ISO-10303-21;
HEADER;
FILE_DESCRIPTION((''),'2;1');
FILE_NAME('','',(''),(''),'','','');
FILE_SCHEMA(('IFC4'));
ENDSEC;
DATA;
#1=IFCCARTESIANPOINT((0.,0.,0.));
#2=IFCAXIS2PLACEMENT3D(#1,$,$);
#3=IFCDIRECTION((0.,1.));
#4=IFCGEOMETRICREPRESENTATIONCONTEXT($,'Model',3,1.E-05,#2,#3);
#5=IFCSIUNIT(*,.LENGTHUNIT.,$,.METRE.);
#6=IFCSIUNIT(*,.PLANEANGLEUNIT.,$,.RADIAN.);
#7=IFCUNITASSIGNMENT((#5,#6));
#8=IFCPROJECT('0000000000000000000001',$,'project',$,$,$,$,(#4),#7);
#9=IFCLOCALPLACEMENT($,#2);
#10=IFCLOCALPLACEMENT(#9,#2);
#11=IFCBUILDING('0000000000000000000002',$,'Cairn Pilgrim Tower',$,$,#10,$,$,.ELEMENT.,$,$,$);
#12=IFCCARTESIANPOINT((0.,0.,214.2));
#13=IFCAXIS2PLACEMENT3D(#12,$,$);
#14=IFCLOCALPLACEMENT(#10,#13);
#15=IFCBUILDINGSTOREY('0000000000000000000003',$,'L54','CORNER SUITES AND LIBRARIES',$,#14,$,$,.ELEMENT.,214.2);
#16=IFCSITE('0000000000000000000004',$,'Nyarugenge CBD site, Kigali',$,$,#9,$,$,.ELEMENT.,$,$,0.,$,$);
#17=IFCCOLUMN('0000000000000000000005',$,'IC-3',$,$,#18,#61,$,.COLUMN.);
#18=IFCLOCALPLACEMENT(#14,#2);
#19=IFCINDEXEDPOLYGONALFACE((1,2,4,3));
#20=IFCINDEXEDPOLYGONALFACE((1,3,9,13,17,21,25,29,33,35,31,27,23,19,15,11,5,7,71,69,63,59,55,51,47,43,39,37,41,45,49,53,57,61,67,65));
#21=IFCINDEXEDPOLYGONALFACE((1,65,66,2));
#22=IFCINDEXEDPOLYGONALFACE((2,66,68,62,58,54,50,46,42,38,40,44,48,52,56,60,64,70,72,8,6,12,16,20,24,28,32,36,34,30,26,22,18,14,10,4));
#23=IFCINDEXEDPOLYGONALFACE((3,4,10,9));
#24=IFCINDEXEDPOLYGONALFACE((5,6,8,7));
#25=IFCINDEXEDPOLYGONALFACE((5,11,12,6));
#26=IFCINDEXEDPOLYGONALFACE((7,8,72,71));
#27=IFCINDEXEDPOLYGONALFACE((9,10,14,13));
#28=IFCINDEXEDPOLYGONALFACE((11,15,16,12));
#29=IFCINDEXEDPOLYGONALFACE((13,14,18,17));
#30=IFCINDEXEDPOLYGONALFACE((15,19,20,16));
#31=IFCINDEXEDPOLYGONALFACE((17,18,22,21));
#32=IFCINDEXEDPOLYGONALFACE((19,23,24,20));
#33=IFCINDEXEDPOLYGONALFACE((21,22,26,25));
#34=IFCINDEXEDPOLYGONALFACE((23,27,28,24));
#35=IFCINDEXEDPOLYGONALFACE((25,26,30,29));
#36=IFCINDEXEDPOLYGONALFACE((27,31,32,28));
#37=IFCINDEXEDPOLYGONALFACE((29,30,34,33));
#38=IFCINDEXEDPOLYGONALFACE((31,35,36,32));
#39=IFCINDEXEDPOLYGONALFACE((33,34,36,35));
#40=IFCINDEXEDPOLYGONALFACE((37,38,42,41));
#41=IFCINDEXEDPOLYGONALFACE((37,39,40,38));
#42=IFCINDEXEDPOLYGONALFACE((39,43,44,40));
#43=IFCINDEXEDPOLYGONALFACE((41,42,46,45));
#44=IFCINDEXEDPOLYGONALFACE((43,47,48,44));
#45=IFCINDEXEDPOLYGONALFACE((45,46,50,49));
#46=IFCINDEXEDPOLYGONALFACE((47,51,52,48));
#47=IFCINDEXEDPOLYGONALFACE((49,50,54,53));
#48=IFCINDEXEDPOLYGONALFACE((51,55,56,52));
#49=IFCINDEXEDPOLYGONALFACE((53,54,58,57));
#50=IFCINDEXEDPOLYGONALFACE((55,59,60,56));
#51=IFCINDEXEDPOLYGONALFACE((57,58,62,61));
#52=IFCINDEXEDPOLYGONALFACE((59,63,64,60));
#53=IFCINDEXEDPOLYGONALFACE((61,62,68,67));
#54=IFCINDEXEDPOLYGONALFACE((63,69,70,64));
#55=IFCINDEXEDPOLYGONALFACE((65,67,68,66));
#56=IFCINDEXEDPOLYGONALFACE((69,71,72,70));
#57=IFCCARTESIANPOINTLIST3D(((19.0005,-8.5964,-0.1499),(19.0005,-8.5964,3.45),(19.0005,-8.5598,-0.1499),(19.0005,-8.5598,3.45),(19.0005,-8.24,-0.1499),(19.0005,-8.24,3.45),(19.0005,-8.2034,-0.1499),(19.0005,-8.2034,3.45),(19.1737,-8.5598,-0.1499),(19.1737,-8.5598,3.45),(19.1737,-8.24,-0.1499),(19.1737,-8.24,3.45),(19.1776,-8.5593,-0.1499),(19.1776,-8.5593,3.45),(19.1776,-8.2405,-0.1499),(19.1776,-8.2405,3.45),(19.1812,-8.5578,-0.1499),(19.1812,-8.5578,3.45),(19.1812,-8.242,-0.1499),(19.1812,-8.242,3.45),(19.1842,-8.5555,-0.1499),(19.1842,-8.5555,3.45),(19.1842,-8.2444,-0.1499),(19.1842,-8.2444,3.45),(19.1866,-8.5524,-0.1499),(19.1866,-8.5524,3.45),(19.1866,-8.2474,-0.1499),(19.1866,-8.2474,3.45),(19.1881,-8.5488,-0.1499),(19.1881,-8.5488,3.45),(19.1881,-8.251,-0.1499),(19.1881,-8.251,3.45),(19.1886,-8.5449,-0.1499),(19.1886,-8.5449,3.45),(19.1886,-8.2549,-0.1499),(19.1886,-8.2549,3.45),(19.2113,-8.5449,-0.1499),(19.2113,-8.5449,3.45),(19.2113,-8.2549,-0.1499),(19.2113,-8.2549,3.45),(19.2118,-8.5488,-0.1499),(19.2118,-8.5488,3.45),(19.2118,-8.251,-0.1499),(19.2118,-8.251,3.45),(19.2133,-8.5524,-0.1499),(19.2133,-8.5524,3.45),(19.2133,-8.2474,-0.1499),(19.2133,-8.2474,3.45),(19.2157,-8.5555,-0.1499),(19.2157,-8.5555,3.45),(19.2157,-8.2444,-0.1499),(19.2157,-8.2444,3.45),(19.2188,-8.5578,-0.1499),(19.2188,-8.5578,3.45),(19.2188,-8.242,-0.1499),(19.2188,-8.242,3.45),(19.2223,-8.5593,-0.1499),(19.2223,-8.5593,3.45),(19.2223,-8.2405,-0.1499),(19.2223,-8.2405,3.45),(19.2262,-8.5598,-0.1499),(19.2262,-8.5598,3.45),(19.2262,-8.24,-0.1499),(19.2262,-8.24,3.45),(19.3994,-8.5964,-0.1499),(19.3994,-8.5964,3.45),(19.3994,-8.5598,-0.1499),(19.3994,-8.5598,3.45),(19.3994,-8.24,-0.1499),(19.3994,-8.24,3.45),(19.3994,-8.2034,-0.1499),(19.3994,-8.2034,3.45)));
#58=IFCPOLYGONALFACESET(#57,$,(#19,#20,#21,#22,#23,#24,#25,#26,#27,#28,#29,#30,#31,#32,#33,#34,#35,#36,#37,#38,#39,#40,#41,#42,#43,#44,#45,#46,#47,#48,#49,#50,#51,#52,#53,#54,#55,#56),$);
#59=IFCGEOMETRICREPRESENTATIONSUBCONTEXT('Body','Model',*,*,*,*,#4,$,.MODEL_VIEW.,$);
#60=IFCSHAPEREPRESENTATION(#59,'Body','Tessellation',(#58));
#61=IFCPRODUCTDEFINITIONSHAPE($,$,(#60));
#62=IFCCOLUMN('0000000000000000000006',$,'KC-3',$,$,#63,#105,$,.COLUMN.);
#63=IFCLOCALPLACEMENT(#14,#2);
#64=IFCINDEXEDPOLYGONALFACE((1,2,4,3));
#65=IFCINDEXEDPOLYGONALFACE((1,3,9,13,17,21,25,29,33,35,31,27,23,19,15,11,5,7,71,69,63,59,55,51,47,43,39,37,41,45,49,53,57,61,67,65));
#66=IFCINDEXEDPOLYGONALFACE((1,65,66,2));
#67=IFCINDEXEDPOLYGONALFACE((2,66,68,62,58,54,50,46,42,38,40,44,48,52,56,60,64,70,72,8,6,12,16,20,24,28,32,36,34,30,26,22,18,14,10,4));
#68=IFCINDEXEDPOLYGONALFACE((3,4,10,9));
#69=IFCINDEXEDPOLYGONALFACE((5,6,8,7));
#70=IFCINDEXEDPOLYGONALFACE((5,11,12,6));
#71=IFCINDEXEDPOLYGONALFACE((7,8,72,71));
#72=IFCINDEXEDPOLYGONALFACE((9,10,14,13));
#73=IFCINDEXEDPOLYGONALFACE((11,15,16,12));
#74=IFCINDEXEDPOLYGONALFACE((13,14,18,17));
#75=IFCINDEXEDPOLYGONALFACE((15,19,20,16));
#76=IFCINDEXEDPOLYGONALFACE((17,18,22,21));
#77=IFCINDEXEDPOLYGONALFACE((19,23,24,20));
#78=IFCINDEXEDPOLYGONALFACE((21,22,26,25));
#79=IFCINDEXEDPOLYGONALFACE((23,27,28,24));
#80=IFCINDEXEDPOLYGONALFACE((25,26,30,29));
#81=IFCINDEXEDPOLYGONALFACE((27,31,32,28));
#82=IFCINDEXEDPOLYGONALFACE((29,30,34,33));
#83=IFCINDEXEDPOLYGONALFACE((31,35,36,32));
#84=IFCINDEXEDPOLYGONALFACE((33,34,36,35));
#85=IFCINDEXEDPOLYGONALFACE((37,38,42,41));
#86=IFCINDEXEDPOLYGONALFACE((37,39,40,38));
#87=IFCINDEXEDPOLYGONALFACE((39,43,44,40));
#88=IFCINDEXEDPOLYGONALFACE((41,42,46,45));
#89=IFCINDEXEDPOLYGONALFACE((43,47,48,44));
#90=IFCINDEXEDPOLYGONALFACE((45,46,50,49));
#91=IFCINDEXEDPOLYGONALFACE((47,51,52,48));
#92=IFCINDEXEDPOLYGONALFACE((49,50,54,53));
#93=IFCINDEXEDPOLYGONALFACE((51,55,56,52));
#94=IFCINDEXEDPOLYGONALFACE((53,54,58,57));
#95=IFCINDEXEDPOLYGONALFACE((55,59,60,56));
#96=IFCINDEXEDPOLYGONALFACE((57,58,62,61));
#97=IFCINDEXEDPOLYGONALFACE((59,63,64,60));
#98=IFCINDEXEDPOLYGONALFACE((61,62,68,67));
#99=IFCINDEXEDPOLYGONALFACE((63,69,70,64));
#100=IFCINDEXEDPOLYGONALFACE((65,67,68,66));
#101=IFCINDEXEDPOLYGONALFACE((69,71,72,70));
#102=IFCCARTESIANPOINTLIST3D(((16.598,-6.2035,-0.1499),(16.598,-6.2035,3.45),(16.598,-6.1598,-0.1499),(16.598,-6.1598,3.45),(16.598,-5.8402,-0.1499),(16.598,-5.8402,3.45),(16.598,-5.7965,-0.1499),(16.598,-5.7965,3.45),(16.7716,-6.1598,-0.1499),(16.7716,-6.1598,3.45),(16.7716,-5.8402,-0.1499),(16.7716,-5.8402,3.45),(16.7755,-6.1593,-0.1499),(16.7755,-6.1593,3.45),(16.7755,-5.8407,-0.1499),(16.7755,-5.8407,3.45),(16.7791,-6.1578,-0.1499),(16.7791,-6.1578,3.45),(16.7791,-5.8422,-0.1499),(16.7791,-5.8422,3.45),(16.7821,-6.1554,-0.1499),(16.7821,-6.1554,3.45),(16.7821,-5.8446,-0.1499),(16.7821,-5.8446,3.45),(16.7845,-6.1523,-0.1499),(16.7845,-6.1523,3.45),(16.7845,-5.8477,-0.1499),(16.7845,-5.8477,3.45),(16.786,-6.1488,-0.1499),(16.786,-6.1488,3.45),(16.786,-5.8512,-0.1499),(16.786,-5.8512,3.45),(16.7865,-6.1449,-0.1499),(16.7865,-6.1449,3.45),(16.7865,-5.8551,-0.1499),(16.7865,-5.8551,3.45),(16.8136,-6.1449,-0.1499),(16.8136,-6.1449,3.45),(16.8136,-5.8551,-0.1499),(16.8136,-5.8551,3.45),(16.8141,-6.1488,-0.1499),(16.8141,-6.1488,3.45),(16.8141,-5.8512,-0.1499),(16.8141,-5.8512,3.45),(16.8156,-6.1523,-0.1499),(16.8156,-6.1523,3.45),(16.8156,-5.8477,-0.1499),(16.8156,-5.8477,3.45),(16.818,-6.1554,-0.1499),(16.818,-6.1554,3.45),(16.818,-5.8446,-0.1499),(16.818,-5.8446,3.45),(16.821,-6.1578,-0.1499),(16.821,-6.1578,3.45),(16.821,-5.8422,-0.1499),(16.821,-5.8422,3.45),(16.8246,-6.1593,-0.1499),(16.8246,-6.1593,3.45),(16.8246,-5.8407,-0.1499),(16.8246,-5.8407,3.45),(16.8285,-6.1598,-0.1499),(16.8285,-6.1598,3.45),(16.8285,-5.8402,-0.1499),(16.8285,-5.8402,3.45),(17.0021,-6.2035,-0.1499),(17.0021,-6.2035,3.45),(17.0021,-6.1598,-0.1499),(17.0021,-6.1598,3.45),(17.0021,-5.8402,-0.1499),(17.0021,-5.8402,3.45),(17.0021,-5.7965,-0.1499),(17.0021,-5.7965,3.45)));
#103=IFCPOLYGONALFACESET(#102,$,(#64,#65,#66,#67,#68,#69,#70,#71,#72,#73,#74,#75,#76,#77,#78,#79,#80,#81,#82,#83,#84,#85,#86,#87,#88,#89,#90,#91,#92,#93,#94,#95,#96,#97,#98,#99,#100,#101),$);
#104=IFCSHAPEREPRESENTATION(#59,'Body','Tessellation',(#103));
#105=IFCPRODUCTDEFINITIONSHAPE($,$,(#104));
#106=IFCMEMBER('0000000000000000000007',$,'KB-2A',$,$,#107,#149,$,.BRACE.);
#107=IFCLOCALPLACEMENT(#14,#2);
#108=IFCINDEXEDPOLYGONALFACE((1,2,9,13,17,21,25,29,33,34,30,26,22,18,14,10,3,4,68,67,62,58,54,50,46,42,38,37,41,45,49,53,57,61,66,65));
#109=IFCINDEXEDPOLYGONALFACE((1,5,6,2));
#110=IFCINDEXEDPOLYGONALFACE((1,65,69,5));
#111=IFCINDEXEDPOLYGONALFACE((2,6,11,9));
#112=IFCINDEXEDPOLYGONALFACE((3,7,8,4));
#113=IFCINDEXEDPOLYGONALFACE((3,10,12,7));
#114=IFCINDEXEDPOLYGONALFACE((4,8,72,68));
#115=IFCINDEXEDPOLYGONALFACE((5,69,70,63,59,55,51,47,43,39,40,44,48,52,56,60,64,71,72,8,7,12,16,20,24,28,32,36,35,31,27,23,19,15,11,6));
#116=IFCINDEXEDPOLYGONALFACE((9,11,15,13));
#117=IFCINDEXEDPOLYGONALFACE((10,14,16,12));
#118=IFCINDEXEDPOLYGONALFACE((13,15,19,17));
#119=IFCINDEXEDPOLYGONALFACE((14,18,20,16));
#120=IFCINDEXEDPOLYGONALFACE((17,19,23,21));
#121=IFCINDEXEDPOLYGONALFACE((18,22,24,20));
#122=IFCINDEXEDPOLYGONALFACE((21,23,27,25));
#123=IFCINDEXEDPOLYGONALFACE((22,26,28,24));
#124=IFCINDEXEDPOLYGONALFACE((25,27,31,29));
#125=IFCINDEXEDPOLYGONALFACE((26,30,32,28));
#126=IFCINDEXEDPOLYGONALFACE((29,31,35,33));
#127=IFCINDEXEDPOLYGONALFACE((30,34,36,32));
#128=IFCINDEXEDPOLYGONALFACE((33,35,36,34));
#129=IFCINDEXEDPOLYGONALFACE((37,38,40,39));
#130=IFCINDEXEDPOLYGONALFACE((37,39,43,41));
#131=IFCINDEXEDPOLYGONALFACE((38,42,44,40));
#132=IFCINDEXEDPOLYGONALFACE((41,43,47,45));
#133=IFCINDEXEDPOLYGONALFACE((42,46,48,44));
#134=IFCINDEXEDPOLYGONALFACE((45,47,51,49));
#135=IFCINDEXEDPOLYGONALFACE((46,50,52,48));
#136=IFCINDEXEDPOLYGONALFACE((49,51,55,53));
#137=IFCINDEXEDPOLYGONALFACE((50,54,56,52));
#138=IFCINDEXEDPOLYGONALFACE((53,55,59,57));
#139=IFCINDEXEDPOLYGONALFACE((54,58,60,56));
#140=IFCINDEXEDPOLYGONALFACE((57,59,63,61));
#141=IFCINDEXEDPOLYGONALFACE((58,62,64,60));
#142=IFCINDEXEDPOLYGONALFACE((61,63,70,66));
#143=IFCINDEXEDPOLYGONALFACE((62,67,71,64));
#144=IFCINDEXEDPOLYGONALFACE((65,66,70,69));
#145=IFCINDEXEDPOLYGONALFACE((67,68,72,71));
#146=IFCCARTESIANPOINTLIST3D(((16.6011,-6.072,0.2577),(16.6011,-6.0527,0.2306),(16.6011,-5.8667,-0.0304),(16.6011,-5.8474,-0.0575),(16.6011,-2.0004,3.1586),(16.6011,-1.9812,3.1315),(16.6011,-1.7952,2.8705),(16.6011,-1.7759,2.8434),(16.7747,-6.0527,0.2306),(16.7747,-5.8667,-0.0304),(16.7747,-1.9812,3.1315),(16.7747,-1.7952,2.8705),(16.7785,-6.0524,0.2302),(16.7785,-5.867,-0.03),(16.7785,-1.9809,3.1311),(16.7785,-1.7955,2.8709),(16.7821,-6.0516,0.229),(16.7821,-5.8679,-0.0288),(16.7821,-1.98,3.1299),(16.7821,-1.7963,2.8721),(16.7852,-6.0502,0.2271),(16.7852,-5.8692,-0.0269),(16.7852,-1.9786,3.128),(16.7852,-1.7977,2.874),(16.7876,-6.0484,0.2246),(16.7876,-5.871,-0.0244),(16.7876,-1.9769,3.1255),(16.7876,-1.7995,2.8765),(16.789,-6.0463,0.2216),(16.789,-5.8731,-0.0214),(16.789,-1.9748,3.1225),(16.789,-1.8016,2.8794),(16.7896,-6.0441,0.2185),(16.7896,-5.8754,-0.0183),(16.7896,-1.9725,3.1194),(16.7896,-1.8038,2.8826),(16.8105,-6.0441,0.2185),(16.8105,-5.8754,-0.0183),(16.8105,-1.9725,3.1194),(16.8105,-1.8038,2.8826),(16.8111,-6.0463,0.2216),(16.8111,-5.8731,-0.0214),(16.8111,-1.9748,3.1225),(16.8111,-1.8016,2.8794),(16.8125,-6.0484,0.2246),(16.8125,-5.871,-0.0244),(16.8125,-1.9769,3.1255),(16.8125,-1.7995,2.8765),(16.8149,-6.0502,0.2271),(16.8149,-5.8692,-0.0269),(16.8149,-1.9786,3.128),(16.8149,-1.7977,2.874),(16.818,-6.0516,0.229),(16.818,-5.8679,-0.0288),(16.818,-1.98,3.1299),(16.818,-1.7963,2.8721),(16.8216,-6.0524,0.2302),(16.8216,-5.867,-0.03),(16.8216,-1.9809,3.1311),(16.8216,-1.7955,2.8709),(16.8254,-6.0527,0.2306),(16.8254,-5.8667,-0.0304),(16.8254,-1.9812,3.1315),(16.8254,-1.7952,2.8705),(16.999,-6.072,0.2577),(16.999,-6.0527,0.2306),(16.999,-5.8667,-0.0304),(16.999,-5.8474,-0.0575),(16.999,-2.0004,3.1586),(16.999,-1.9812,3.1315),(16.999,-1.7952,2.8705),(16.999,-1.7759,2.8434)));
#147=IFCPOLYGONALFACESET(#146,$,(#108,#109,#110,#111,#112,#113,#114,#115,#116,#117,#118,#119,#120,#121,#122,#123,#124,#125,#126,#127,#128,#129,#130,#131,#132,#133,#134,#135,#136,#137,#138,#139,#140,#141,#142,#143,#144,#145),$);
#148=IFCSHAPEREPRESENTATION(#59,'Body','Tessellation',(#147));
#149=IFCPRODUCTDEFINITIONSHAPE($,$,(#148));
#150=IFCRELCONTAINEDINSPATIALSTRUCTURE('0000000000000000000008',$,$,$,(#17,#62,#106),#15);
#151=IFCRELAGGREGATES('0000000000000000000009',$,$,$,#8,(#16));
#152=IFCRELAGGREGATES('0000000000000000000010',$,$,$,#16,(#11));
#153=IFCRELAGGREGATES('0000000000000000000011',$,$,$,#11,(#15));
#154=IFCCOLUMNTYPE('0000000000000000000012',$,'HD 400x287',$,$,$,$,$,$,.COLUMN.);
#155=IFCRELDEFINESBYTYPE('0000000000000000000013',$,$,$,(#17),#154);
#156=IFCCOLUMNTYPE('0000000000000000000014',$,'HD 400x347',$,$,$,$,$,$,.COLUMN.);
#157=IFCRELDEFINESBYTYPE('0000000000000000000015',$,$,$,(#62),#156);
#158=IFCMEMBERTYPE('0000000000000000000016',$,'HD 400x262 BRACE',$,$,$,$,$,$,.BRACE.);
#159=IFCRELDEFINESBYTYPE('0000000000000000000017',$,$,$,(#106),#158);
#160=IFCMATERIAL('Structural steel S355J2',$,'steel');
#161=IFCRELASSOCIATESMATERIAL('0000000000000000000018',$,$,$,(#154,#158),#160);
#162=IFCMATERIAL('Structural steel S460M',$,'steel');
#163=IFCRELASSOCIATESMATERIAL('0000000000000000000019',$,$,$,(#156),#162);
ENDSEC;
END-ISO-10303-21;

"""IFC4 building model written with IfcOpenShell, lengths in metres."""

from ifc_helpers import new_model, si_unit, direction, frame, origin, origin_2d, place, context, subcontext, project, spatial, i_section, extrude, material, material_profile, profile_set, type_object, element, save


model = new_model("IFC4")

# Units and contexts
model_context = context("Model", 3, precision=1e-05, world=origin(), true_north=direction((0.0, 1.0)))
body_context = subcontext(model_context, "Body", "Model", "MODEL_VIEW")
ifc_project = project(units=[si_unit("LENGTHUNIT", "METRE"), si_unit("PLANEANGLEUNIT", "RADIAN")], contexts=[model_context])

# Site, building, storey
site_placement = place(None, origin())
site = spatial("IfcSite", under=ifc_project, at=site_placement, Name="Nyarugenge CBD site, Kigali", CompositionType="ELEMENT", RefElevation=0.0)
building_placement = place(site_placement, origin())
building = spatial("IfcBuilding", under=site, at=building_placement, Name="Cairn Pilgrim Tower", CompositionType="ELEMENT")
storey_placement = place(building_placement, frame((0.0, 0.0, 214.2)))
storey = spatial("IfcBuildingStorey", under=building, at=storey_placement, Name="L54", Description="CORNER SUITES AND LIBRARIES", CompositionType="ELEMENT", Elevation=214.2)

# Columns
ifc_material_1 = material(Name="Structural steel S355J2", Category="steel")
ifc_material_profile_1 = material_profile(ifc_material_1, i_section(OverallWidth=0.3989, OverallDepth=0.3931, WebThickness=0.0227, FlangeThickness=0.0366, FilletRadius=0.0149, at=origin_2d()), Name="HD 400x287")
ifc_profile_set_1 = profile_set([ifc_material_profile_1], Name="Structural steel S355J2")
column_type_1 = type_object("IfcColumnType", Name="HD 400x287", PredefinedType="COLUMN", material=ifc_profile_set_1)
column_1_placement = place(storey_placement, frame((19.2, -8.3999, -0.1499), z_axis=(0.0, 0.0, 1.0), x_axis=(1.0, 0.0, 0.0)))
element("IfcColumn", 1, at=column_1_placement, inside=storey, type_object=column_type_1, Name="IC-3", PredefinedType="COLUMN", context=body_context, shape_type="SweptSolid", body=[
    extrude(i_section(OverallWidth=0.3989, OverallDepth=0.3931, WebThickness=0.0227, FlangeThickness=0.0366, FilletRadius=0.0149, at=origin_2d()), origin(), (0.0, 0.0, 1.0), 3.5999),
])
ifc_material_2 = material(Name="Structural steel S460M", Category="steel")
ifc_material_profile_2 = material_profile(ifc_material_2, i_section(OverallWidth=0.4041, OverallDepth=0.407, WebThickness=0.0271, FlangeThickness=0.0437, FilletRadius=0.0149, at=origin_2d()), Name="HD 400x347")
ifc_profile_set_2 = profile_set([ifc_material_profile_2], Name="Structural steel S460M")
column_type_2 = type_object("IfcColumnType", Name="HD 400x347", PredefinedType="COLUMN", material=ifc_profile_set_2)
column_2_placement = place(storey_placement, frame((16.8, -6.0, -0.1499), z_axis=(0.0, 0.0, 1.0), x_axis=(1.0, 0.0, 0.0)))
element("IfcColumn", 2, at=column_2_placement, inside=storey, type_object=column_type_2, Name="KC-3", PredefinedType="COLUMN", context=body_context, shape_type="SweptSolid", body=[
    extrude(i_section(OverallWidth=0.4041, OverallDepth=0.407, WebThickness=0.0271, FlangeThickness=0.0437, FilletRadius=0.0149, at=origin_2d()), origin(), (0.0, 0.0, 1.0), 3.5999),
])

# Member
ifc_material_profile_3 = material_profile(ifc_material_1, i_section(OverallWidth=0.3979, OverallDepth=0.387, WebThickness=0.021, FlangeThickness=0.0332, FilletRadius=0.0149, at=origin_2d()), Name="HD 400x262")
ifc_profile_set_3 = profile_set([ifc_material_profile_3], Name="Structural steel S355J2")
member_type = type_object("IfcMemberType", Name="HD 400x262 BRACE", PredefinedType="BRACE", material=ifc_profile_set_3)
member_placement = place(storey_placement, frame((16.8, -5.9597, 0.1001), z_axis=(0.0, 0.814429, 0.580263), x_axis=(-1.0, 0.0, 0.0)))
element("IfcMember", 3, at=member_placement, inside=storey, type_object=member_type, Name="KB-2A", PredefinedType="BRACE", context=body_context, shape_type="SweptSolid", body=[
    extrude(i_section(OverallWidth=0.3979, OverallDepth=0.387, WebThickness=0.021, FlangeThickness=0.0332, FilletRadius=0.0149, at=origin_2d()), origin(), (0.0, 0.0, 1.0), 4.9993),
])

save(model, "model.ifc")
